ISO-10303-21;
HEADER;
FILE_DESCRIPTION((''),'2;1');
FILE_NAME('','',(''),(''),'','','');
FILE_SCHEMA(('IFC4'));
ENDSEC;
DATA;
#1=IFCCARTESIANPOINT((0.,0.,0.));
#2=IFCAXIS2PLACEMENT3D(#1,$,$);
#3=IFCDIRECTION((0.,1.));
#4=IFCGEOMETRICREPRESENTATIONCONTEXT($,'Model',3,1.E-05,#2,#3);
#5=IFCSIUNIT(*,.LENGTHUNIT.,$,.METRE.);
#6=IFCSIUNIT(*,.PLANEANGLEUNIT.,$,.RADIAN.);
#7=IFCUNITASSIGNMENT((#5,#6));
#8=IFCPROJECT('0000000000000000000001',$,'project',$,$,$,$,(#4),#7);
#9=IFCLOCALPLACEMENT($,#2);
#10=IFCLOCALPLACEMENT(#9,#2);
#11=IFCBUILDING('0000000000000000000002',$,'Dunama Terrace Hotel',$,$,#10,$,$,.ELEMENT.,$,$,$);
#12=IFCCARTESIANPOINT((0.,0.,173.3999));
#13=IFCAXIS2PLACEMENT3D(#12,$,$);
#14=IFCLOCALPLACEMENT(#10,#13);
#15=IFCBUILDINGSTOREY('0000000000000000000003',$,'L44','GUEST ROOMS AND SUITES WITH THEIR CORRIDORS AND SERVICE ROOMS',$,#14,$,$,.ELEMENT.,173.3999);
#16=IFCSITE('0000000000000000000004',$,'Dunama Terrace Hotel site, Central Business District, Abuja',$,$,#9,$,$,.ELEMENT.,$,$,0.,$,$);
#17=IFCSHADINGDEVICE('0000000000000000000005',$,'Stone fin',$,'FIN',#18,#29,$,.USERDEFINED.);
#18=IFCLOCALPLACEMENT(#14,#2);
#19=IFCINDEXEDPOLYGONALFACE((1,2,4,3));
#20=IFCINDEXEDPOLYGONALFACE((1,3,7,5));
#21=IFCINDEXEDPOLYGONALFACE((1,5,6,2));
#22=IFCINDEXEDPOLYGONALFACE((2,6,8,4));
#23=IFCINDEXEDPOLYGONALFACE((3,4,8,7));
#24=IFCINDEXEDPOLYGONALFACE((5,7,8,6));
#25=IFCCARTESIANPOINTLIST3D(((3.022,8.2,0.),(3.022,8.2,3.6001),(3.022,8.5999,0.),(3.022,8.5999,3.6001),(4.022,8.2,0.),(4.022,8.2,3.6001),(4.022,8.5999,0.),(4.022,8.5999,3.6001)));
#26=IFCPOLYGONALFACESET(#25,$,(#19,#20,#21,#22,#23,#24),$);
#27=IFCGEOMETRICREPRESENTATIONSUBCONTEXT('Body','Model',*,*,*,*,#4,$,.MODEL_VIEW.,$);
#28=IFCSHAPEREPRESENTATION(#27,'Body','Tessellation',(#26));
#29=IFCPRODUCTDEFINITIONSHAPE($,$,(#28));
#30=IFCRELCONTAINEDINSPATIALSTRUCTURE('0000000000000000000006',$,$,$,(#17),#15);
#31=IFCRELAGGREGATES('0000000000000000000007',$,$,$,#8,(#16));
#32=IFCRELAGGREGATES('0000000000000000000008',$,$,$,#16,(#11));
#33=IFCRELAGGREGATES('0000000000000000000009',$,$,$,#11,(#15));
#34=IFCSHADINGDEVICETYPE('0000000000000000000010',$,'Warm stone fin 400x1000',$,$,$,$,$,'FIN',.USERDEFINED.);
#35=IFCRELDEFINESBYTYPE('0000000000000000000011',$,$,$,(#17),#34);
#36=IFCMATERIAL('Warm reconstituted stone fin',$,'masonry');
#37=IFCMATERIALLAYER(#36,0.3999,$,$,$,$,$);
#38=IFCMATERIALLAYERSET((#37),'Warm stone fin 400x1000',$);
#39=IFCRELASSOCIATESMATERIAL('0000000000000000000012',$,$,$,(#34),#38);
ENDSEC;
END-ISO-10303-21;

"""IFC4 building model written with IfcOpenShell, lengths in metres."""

from ifc_helpers import new_model, si_unit, direction, frame, origin, origin_2d, place, context, subcontext, project, spatial, rectangle, extrude, material, layer, layer_set, type_object, element, save


model = new_model("IFC4")

# Units and contexts
model_context = context("Model", 3, precision=1e-05, world=origin(), true_north=direction((0.0, 1.0)))
body_context = subcontext(model_context, "Body", "Model", "MODEL_VIEW")
ifc_project = project(units=[si_unit("LENGTHUNIT", "METRE"), si_unit("PLANEANGLEUNIT", "RADIAN")], contexts=[model_context])

# Site, building, storey
site_placement = place(None, origin())
site = spatial("IfcSite", under=ifc_project, at=site_placement, Name="Dunama Terrace Hotel site, Central Business District, Abuja", CompositionType="ELEMENT", RefElevation=0.0)
building_placement = place(site_placement, origin())
building = spatial("IfcBuilding", under=site, at=building_placement, Name="Dunama Terrace Hotel", CompositionType="ELEMENT")
storey_placement = place(building_placement, frame((0.0, 0.0, 173.3999)))
storey = spatial("IfcBuildingStorey", under=building, at=storey_placement, Name="L44", Description="GUEST ROOMS AND SUITES WITH THEIR CORRIDORS AND SERVICE ROOMS", CompositionType="ELEMENT", Elevation=173.3999)

# Shading device
ifc_material_1 = material(Name="Warm reconstituted stone fin", Category="masonry")
ifc_layer_1 = layer(ifc_material_1, 0.3999)
ifc_layer_set_1 = layer_set([ifc_layer_1], Name="Warm stone fin 400x1000")
shading_device_type = type_object("IfcShadingDeviceType", Name="Warm stone fin 400x1000", ElementType="FIN", PredefinedType="USERDEFINED", material=ifc_layer_set_1)
for number, where, z_axis, x_axis, name in (
    (1, (3.522, 8.3999, 0.0), (0.0, 0.0, 1.0), (0.0, -1.0, 0.0), "Stone fin"),
):
    element("IfcShadingDevice", number, at=place(storey_placement, frame(where, z_axis=z_axis, x_axis=x_axis)), inside=storey, type_object=shading_device_type, Name=name, ObjectType="FIN", PredefinedType="USERDEFINED", context=body_context, shape_type="SweptSolid", body=[
        extrude(rectangle(XDim=0.3999, YDim=1.0, at=origin_2d()), origin(), (0.0, 0.0, 1.0), 3.6001),
    ])

save(model, "model.ifc")
